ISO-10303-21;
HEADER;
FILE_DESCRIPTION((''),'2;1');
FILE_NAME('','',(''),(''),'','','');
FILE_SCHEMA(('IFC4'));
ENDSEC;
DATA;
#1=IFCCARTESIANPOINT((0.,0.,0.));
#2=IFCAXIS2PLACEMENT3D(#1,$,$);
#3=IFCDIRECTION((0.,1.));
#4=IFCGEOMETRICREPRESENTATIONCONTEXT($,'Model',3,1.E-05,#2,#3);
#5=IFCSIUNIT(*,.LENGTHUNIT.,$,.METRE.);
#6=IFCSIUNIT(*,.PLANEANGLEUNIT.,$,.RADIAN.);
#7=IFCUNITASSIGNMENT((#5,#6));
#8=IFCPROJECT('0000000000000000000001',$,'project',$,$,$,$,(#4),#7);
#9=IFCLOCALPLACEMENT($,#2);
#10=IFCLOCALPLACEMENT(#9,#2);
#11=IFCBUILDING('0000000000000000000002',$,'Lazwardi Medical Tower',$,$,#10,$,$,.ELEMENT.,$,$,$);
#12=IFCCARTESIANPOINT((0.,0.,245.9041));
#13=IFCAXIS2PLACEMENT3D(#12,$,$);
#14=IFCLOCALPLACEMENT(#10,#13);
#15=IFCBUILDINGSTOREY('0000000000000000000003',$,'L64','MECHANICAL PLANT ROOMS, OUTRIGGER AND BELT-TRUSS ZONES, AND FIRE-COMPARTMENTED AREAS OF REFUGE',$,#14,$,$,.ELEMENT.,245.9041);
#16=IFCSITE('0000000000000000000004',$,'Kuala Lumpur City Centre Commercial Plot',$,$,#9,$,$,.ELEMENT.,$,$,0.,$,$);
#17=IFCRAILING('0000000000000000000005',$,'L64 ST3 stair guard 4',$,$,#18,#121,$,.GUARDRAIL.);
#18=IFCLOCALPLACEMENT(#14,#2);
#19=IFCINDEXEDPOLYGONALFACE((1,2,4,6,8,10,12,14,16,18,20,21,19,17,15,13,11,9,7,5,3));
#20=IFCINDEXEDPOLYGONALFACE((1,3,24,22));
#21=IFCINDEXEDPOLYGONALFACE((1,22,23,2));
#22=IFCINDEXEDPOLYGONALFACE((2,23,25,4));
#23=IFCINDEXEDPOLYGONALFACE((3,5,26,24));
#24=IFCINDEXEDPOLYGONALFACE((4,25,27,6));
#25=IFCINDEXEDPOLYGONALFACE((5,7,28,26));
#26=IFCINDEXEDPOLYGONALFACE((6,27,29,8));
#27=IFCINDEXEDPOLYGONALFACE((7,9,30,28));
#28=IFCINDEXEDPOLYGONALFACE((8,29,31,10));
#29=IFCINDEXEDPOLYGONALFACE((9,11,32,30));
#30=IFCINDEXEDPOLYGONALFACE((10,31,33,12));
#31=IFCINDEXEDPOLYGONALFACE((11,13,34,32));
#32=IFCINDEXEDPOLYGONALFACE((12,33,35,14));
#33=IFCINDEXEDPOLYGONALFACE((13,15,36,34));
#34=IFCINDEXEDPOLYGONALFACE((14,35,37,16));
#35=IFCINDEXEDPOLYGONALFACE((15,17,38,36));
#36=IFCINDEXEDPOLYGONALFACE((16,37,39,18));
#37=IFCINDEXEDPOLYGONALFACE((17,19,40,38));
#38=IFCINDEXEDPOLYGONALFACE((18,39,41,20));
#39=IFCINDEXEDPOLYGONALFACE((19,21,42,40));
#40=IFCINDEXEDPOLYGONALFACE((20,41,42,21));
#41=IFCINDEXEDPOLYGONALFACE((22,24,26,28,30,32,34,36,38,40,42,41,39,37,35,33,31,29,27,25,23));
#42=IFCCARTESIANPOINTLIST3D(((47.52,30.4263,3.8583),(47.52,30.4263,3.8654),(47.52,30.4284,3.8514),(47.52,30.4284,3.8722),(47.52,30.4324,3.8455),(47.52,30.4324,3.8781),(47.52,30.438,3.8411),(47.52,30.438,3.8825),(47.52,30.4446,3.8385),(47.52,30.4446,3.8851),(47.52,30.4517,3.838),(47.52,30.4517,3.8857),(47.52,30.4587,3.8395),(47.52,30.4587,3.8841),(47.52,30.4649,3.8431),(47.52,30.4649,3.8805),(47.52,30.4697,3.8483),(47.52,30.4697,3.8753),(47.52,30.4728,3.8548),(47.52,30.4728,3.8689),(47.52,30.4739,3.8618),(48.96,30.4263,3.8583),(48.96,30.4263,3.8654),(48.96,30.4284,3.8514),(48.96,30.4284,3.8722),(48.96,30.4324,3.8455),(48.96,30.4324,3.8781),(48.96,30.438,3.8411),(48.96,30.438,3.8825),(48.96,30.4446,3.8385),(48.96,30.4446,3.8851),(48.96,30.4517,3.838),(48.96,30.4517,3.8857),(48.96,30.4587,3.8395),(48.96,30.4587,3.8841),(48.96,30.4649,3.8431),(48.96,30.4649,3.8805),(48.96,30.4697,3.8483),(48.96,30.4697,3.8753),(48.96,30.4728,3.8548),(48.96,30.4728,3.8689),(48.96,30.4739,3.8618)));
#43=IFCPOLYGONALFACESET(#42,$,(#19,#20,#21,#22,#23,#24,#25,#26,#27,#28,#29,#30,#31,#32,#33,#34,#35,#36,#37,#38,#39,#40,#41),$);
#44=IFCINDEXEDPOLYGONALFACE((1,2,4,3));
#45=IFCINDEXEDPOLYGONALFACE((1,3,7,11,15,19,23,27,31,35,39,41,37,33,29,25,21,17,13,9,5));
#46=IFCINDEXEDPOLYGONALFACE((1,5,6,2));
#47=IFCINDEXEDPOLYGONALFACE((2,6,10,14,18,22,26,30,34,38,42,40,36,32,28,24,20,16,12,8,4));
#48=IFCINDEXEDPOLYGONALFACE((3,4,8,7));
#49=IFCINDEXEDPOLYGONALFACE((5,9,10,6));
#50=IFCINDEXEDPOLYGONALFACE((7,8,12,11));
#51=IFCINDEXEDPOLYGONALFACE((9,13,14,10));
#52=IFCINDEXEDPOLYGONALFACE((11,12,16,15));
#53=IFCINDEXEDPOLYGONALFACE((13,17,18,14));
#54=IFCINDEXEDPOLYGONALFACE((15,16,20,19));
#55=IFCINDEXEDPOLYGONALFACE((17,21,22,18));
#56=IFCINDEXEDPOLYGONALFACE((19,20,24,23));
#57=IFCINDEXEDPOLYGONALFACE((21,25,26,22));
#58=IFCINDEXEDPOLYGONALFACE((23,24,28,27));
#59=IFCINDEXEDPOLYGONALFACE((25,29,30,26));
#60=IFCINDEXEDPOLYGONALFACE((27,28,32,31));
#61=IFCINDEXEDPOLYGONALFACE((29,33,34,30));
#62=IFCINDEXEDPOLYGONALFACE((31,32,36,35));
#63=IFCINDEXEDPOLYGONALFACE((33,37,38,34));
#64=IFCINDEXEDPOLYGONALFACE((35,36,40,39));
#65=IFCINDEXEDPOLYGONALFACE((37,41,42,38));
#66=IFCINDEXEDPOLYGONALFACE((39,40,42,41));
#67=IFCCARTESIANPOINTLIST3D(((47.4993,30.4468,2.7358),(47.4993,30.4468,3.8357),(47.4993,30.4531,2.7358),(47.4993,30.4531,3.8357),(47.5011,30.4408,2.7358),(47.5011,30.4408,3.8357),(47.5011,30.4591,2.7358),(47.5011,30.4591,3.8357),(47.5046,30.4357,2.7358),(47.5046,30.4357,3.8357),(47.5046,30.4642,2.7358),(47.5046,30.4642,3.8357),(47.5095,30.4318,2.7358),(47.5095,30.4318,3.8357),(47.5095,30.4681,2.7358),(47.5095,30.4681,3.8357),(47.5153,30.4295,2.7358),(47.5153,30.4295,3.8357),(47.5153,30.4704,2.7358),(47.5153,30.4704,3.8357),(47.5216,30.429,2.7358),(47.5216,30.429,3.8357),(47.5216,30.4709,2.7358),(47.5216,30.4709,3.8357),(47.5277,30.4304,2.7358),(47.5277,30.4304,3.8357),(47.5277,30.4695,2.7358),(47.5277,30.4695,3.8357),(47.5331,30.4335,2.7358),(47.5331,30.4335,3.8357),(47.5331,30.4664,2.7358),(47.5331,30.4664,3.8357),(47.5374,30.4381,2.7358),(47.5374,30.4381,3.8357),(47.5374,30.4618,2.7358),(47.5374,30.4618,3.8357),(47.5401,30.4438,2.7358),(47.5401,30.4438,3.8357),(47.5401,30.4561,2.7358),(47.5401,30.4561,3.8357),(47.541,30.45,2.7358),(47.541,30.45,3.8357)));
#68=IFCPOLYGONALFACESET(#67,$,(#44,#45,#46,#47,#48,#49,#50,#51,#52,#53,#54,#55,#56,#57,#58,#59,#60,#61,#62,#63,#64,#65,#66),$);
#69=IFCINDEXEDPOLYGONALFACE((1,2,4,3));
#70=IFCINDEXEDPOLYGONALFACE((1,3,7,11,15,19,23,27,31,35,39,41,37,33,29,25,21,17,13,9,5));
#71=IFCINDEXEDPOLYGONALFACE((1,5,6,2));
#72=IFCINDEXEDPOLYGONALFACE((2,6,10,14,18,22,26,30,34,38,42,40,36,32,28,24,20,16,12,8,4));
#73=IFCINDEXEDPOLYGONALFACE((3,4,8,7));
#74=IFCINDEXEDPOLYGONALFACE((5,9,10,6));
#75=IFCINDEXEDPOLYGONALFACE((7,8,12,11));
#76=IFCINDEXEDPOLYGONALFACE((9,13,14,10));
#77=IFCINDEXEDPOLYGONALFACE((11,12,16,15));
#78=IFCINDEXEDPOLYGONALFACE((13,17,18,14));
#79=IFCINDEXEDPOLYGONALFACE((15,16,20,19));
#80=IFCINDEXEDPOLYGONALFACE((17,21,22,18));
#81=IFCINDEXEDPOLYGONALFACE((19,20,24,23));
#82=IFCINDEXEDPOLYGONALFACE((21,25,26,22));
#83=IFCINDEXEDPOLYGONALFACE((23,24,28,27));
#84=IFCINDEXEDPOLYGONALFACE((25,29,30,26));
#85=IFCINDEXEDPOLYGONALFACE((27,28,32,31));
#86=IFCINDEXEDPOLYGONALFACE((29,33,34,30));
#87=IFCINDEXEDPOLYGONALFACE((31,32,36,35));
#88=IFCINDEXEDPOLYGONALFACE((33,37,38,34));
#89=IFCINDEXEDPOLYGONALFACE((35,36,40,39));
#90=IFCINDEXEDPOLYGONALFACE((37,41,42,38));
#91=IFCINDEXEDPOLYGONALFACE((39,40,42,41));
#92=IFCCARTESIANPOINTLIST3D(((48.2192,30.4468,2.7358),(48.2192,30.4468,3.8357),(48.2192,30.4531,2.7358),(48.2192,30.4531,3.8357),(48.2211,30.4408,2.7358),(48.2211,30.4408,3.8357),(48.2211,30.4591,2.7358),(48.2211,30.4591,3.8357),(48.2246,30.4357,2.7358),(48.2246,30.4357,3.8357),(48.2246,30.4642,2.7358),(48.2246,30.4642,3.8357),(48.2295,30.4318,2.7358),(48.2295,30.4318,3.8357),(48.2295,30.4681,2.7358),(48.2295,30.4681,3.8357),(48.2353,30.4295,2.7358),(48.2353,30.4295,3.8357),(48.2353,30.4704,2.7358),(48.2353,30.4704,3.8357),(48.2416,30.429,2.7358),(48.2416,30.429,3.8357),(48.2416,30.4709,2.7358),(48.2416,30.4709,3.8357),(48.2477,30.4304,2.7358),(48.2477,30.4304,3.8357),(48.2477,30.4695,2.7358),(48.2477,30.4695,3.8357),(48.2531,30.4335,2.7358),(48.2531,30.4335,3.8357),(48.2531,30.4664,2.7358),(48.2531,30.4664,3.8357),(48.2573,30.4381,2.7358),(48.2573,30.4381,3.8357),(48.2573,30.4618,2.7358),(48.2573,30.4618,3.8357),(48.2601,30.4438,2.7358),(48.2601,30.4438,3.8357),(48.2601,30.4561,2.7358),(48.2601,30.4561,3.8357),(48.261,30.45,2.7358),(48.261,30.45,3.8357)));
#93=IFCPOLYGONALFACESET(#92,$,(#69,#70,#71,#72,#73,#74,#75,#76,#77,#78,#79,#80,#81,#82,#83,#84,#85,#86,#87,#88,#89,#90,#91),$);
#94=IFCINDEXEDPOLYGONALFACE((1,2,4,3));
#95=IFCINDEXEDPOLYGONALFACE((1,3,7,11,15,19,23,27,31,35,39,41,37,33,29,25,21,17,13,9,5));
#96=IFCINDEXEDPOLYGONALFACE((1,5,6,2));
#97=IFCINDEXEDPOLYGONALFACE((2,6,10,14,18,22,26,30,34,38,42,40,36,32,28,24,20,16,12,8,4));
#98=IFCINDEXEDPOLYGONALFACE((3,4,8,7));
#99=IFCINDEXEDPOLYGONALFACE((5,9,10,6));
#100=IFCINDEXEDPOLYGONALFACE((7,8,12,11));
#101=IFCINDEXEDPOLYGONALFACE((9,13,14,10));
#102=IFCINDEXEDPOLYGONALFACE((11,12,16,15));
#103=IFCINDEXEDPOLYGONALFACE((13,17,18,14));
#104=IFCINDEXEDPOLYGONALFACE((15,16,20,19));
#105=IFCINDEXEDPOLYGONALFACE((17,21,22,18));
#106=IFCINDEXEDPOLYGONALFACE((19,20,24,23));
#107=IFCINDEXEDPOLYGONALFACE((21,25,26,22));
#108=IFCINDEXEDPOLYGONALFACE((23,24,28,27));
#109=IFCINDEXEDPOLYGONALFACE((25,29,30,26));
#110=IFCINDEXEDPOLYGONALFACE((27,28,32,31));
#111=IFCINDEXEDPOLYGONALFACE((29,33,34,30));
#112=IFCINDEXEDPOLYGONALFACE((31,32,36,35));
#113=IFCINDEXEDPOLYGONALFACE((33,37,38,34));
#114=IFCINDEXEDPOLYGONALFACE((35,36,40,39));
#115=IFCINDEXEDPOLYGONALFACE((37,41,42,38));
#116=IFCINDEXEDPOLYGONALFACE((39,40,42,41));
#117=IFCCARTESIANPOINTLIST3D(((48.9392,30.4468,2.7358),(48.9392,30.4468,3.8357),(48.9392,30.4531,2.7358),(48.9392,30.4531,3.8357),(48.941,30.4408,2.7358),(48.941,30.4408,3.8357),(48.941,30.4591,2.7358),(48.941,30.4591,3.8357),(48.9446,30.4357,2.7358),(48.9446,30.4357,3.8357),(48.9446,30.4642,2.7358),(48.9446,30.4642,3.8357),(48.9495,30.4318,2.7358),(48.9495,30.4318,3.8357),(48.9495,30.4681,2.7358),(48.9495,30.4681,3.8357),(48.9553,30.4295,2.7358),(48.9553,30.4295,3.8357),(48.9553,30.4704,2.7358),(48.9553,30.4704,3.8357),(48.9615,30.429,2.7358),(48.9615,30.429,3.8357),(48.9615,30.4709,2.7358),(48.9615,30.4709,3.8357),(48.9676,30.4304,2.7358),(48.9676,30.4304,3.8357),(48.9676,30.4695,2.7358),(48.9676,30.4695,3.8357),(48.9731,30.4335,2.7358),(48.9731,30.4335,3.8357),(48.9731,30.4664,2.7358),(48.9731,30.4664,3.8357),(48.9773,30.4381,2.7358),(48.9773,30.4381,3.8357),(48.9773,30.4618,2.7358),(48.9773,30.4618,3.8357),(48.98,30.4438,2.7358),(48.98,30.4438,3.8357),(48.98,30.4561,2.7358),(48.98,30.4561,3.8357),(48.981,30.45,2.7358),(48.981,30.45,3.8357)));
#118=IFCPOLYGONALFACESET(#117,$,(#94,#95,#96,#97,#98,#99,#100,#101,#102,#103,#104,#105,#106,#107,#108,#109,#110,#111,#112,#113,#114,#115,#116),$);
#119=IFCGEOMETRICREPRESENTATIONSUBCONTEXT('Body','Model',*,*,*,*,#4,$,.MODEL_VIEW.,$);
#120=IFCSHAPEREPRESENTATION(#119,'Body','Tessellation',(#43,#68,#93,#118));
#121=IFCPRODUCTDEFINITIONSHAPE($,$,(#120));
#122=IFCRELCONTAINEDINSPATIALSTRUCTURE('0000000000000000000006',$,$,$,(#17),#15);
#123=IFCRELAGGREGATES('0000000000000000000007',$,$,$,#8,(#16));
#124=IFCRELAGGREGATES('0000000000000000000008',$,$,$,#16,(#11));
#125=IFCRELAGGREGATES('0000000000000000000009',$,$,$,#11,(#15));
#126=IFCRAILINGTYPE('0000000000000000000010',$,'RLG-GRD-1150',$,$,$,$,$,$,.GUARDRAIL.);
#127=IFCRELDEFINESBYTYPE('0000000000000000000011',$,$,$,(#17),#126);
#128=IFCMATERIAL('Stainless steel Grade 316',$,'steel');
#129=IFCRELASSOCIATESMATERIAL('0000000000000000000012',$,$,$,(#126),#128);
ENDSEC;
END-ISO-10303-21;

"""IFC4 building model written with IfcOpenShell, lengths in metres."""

from ifc_helpers import new_model, si_unit, direction, frame, origin, origin_2d, place, context, subcontext, project, spatial, circle, extrude, material, type_object, element, save


model = new_model("IFC4")

# Units and contexts
model_context = context("Model", 3, precision=1e-05, world=origin(), true_north=direction((0.0, 1.0)))
body_context = subcontext(model_context, "Body", "Model", "MODEL_VIEW")
ifc_project = project(units=[si_unit("LENGTHUNIT", "METRE"), si_unit("PLANEANGLEUNIT", "RADIAN")], contexts=[model_context])

# Site, building, storey
site_placement = place(None, origin())
site = spatial("IfcSite", under=ifc_project, at=site_placement, Name="Kuala Lumpur City Centre Commercial Plot", CompositionType="ELEMENT", RefElevation=0.0)
building_placement = place(site_placement, origin())
building = spatial("IfcBuilding", under=site, at=building_placement, Name="Lazwardi Medical Tower", CompositionType="ELEMENT")
storey_placement = place(building_placement, frame((0.0, 0.0, 245.9041)))
storey = spatial("IfcBuildingStorey", under=building, at=storey_placement, Name="L64", Description="MECHANICAL PLANT ROOMS, OUTRIGGER AND BELT-TRUSS ZONES, AND FIRE-COMPARTMENTED AREAS OF REFUGE", CompositionType="ELEMENT", Elevation=245.9041)

# Railing
ifc_material_1 = material(Name="Stainless steel Grade 316", Category="steel")
railing_type_1 = type_object("IfcRailingType", Name="RLG-GRD-1150", PredefinedType="GUARDRAIL", material=ifc_material_1)
railing_1_placement = place(storey_placement, frame((47.52, 30.45, 2.7358)))
element("IfcRailing", 1, at=railing_1_placement, inside=storey, type_object=railing_type_1, Name="L64 ST3 stair guard 4", PredefinedType="GUARDRAIL", context=body_context, shape_type="SweptSolid", body=[
    extrude(circle(Radius=0.0239, at=origin_2d()), frame((0.0, 0.0, 1.126), z_axis=(1.0, 0.0, 0.0), x_axis=(0.0, 1.0, 0.0)), (0.0, 0.0, 1.0), 1.4399),
    extrude(circle(Radius=0.021, at=origin_2d()), origin(), (0.0, 0.0, 1.0), 1.0999),
    extrude(circle(Radius=0.021, at=origin_2d()), frame((0.72, 0.0, 0.0)), (0.0, 0.0, 1.0), 1.0999),
    extrude(circle(Radius=0.021, at=origin_2d()), frame((1.4399, 0.0, 0.0)), (0.0, 0.0, 1.0), 1.0999),
])

save(model, "model.ifc")
